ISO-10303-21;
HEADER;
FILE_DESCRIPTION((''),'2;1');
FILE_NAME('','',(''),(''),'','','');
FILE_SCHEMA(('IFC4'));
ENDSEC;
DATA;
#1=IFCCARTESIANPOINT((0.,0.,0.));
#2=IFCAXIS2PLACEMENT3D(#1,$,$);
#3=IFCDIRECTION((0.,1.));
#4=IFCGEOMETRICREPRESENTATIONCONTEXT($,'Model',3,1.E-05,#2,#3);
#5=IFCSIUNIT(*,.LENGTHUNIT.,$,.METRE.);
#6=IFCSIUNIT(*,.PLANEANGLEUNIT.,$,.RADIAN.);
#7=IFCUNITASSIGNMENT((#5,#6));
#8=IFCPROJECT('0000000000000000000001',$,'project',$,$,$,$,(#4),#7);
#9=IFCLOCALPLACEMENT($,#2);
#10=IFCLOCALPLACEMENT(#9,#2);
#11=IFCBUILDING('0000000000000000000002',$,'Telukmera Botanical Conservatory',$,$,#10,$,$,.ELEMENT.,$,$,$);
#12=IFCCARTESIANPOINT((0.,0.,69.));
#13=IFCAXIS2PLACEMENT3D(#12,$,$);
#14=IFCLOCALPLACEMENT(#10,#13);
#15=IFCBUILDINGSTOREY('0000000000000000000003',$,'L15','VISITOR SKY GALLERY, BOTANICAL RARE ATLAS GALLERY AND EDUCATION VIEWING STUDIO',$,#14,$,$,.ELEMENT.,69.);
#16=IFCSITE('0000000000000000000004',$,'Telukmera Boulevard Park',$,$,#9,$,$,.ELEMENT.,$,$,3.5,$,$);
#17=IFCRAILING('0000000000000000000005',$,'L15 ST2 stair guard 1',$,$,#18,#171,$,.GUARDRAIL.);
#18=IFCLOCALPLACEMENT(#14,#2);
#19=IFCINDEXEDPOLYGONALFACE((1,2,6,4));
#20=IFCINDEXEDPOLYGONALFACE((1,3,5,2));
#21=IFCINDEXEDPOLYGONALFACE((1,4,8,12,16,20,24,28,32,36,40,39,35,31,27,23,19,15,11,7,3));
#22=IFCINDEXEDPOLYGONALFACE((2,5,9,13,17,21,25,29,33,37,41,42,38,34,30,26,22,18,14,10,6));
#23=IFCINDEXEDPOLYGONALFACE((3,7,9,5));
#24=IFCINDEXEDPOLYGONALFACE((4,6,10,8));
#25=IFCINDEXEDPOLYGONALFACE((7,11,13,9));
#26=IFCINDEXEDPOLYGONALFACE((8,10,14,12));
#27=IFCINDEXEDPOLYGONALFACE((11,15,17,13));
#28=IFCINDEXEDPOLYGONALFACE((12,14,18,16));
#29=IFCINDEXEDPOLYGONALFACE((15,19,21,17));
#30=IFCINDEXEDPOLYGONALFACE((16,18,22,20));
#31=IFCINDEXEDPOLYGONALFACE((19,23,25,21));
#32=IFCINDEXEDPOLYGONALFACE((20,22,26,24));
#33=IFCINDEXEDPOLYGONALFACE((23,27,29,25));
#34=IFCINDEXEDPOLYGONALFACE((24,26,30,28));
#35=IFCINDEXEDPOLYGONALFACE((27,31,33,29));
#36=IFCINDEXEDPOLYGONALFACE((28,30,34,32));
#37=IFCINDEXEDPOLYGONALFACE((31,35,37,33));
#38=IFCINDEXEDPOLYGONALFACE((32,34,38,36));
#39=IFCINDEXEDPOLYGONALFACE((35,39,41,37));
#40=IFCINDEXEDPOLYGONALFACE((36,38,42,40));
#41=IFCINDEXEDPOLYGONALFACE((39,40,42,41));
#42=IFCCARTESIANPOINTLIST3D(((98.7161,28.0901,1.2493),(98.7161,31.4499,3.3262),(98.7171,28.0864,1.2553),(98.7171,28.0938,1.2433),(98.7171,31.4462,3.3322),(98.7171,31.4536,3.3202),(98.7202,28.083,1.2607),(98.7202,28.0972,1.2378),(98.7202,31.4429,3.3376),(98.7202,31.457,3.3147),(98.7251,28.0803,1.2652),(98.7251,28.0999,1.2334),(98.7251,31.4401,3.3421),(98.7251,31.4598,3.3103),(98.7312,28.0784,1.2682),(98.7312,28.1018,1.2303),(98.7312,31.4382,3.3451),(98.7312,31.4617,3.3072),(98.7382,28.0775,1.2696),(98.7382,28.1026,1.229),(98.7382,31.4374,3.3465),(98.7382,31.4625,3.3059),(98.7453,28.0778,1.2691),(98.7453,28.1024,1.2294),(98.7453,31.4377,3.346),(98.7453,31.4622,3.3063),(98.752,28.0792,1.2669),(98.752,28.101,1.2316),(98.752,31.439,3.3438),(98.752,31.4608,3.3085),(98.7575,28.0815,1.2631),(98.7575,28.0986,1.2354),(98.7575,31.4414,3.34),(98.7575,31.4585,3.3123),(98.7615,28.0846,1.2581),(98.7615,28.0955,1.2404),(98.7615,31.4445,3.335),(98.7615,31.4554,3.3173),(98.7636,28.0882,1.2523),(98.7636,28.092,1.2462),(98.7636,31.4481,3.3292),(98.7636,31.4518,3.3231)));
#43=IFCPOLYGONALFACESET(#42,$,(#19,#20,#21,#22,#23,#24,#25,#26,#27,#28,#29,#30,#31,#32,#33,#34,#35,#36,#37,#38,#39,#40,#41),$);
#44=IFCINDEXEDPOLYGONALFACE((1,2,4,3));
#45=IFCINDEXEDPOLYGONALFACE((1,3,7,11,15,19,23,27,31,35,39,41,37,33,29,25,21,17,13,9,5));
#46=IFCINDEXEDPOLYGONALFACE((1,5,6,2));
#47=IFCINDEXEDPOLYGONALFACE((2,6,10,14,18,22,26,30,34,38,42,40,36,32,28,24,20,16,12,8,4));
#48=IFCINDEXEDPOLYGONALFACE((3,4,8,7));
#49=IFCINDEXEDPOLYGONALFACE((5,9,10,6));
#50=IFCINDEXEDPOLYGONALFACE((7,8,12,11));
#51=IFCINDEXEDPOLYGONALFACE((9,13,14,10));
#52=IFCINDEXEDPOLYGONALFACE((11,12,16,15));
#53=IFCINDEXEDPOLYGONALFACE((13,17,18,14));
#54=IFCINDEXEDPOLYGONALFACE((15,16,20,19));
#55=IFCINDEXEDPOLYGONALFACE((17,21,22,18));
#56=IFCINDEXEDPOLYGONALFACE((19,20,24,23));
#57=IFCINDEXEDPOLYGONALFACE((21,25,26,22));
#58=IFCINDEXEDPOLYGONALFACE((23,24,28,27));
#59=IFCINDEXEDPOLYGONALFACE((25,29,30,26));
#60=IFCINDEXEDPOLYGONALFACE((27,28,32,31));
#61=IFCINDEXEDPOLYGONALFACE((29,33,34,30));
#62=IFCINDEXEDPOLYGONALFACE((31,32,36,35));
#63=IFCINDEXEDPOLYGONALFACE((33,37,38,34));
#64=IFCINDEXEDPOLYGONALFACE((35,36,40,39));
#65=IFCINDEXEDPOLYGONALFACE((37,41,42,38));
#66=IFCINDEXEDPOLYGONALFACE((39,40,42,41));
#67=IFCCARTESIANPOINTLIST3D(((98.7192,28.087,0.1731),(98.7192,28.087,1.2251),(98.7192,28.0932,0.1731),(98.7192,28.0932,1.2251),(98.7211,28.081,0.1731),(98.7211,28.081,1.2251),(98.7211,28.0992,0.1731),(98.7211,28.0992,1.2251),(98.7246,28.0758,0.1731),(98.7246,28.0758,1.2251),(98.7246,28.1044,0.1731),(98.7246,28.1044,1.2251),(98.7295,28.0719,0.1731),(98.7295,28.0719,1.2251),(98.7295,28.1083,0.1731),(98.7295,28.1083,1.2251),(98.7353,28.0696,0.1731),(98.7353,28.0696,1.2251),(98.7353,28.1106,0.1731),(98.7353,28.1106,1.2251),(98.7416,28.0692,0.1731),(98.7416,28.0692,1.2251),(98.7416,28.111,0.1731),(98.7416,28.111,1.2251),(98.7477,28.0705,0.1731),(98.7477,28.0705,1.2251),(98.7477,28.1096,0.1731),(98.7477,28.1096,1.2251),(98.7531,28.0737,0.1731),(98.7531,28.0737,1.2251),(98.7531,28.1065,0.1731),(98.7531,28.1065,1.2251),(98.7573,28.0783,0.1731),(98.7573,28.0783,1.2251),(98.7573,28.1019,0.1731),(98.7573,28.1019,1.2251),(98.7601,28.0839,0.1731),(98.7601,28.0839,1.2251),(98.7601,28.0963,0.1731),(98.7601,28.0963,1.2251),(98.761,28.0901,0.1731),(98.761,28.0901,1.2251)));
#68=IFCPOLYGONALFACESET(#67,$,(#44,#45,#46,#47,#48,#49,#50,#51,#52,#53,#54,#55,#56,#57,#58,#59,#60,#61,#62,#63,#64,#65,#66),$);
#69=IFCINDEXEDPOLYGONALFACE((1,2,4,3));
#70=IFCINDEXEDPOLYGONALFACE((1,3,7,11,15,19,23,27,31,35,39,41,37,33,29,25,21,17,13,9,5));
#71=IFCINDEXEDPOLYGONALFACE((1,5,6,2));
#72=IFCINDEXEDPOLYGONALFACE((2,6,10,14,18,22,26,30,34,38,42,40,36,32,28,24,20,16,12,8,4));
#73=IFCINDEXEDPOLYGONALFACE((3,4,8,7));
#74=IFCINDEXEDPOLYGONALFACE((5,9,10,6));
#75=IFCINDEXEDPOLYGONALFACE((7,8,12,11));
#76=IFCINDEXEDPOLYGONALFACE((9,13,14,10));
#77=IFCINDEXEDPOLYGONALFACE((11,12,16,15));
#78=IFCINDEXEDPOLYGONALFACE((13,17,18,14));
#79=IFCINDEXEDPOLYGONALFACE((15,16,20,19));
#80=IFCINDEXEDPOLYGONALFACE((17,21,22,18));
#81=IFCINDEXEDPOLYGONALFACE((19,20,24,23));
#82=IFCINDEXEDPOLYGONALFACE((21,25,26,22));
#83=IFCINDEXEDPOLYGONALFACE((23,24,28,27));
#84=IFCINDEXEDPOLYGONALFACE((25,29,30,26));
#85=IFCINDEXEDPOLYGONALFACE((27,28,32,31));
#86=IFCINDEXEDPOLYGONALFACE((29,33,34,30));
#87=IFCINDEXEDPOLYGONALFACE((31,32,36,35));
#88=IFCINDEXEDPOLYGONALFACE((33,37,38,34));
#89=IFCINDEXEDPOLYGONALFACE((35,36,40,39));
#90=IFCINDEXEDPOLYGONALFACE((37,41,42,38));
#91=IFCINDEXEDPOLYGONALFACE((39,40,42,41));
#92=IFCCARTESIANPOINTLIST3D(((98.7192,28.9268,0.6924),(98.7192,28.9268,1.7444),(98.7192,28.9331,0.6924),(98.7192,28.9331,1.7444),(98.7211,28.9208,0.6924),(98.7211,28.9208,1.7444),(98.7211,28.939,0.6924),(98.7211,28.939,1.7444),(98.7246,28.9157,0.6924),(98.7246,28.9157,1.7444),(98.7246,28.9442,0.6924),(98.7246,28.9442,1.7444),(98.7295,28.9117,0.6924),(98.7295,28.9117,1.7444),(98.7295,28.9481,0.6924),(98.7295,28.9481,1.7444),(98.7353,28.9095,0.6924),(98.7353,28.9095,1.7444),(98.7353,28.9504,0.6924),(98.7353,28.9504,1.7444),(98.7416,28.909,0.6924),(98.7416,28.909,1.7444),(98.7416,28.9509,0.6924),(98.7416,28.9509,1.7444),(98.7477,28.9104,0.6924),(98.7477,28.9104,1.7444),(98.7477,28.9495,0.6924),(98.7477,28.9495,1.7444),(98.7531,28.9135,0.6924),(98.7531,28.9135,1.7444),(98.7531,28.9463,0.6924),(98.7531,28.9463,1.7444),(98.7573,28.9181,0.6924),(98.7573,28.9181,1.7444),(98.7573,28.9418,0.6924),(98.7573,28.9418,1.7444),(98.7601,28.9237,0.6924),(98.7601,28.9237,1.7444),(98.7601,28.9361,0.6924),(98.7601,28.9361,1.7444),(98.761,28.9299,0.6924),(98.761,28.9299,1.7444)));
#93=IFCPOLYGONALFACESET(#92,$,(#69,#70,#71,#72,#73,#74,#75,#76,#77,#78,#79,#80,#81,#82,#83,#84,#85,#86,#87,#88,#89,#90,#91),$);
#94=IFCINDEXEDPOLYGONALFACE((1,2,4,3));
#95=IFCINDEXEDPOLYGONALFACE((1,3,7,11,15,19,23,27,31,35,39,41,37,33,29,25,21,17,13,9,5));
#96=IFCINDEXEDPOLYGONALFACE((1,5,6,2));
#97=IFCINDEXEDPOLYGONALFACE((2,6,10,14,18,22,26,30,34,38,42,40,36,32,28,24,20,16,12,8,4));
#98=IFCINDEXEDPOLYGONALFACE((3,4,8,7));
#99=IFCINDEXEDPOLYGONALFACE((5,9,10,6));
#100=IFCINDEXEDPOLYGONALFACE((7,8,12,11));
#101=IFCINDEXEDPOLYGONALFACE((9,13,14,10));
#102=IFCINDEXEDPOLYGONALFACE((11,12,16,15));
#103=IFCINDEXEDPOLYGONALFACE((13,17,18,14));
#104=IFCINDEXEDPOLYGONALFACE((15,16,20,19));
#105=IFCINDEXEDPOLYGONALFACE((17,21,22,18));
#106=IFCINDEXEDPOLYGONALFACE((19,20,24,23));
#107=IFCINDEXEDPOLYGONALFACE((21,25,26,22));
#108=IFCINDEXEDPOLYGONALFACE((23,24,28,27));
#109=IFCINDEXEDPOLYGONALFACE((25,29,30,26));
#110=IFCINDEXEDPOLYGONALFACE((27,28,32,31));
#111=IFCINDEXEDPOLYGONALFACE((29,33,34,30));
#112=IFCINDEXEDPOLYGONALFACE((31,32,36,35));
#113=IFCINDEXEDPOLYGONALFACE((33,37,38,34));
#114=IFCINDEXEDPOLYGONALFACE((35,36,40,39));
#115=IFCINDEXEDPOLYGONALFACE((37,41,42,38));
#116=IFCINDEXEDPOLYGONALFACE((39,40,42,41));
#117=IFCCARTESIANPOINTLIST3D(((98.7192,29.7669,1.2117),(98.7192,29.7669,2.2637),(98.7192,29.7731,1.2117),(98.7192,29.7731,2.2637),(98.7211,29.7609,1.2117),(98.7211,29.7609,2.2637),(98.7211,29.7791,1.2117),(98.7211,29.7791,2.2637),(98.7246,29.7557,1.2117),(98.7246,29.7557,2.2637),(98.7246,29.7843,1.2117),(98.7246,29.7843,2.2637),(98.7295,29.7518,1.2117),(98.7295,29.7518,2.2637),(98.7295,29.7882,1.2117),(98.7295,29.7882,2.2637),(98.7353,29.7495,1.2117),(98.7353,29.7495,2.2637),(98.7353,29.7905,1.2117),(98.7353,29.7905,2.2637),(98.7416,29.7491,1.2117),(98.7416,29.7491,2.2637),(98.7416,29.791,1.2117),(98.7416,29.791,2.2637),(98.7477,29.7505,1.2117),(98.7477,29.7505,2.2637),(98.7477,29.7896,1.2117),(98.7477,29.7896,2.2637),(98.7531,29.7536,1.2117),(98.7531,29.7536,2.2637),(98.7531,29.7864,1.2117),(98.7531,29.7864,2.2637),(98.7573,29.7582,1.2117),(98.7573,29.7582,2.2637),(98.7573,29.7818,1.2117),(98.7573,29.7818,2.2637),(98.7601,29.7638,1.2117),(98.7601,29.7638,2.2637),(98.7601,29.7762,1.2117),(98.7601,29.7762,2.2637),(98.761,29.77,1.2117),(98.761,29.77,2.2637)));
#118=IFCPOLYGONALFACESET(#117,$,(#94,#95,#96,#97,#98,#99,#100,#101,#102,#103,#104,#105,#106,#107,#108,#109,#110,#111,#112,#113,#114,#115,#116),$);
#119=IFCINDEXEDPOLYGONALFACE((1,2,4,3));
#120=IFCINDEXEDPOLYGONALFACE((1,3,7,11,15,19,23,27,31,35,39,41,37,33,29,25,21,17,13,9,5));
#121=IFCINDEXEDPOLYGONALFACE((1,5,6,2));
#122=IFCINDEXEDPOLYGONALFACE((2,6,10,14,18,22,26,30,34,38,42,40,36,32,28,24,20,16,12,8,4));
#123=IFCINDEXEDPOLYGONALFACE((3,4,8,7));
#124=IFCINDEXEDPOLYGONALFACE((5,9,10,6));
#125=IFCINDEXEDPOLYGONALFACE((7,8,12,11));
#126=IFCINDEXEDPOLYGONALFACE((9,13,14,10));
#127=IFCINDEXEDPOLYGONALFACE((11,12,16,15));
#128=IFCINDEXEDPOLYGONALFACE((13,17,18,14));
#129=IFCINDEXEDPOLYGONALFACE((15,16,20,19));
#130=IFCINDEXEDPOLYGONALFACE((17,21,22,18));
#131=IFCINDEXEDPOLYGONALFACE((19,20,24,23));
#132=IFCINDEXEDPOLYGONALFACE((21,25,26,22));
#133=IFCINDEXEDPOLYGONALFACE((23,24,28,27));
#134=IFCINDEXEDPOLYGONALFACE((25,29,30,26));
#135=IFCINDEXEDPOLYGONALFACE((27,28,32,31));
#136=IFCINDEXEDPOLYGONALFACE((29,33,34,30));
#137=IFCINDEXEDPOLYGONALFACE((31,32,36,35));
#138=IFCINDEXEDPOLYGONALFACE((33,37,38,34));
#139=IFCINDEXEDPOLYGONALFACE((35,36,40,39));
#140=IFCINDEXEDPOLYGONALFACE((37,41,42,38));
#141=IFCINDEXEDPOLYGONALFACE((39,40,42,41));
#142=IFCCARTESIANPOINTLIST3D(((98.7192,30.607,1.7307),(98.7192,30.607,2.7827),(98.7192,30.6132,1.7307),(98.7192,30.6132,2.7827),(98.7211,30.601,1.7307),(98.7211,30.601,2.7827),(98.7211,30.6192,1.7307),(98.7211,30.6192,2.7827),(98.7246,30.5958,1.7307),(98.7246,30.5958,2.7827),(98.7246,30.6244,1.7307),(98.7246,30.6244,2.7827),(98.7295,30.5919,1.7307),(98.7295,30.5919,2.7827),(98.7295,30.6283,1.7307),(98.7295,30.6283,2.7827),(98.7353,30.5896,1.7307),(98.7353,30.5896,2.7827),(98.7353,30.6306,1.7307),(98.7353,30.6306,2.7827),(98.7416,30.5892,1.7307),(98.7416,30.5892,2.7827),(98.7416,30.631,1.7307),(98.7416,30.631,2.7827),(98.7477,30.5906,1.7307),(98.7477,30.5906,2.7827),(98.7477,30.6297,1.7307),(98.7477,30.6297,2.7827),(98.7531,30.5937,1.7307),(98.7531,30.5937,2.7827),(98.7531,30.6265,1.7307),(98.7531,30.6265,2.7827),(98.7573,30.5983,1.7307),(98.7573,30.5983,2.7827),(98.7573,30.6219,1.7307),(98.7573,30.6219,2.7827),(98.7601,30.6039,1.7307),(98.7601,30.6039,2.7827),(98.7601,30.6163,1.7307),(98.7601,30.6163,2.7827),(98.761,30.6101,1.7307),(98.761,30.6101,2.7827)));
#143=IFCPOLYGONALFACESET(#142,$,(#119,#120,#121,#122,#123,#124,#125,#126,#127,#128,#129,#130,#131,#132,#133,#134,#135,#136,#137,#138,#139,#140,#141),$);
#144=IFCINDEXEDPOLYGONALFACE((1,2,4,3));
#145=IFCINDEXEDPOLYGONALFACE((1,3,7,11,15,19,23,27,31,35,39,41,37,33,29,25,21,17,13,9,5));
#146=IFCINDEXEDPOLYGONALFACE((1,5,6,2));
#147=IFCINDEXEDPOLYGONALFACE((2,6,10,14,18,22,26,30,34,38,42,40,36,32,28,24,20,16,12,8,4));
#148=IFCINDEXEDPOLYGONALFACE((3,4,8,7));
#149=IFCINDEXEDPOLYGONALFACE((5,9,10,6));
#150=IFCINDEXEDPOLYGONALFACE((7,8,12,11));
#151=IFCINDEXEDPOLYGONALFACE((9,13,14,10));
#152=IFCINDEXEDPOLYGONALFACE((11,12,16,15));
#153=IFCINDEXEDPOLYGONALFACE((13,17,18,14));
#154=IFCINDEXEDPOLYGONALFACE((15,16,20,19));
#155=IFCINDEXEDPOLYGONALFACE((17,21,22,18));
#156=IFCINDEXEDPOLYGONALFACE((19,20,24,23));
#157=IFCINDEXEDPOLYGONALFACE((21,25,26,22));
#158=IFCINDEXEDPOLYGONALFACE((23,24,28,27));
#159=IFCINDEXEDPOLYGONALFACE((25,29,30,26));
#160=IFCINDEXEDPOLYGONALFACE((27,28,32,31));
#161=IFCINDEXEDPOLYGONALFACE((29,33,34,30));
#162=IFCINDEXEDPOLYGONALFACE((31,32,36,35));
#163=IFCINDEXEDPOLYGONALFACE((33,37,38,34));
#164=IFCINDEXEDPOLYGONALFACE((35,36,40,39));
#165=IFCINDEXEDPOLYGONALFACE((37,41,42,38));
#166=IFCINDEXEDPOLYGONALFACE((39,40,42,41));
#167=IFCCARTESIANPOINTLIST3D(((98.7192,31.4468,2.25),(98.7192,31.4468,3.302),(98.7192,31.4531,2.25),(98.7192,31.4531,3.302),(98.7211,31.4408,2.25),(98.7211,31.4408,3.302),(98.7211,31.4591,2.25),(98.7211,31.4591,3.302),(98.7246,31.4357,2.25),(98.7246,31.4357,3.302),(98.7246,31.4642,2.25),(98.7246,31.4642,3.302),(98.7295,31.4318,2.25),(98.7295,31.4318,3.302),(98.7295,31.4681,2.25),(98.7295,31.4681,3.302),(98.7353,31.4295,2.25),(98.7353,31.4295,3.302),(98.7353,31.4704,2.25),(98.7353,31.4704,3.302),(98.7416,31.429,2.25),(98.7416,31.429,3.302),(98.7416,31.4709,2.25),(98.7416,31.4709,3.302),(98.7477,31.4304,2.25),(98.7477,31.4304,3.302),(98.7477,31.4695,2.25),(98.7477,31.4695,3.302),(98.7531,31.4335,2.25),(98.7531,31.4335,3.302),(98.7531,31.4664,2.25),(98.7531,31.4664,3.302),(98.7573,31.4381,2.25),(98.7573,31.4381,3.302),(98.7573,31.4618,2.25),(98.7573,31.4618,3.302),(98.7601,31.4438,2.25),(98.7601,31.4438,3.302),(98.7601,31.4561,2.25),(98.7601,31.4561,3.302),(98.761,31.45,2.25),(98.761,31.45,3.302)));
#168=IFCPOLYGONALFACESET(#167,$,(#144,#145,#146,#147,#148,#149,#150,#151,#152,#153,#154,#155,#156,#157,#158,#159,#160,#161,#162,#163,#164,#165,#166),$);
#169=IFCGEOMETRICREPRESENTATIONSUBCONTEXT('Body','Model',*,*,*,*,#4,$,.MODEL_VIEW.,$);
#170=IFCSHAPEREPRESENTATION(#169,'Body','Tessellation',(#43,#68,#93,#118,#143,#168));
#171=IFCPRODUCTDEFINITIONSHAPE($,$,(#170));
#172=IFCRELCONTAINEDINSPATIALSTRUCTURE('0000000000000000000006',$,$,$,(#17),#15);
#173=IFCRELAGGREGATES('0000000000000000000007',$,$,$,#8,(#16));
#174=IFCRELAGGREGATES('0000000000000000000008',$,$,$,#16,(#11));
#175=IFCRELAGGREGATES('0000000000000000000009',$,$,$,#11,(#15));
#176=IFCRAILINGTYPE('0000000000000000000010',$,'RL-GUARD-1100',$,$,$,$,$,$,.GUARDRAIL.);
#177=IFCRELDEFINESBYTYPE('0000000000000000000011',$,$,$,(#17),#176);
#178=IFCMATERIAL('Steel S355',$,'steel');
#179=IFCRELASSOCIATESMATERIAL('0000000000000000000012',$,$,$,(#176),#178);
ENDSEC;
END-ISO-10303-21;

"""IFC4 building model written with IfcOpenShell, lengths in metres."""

from ifc_helpers import new_model, si_unit, direction, frame, origin, origin_2d, place, context, subcontext, project, spatial, circle, extrude, material, type_object, element, save


model = new_model("IFC4")

# Units and contexts
model_context = context("Model", 3, precision=1e-05, world=origin(), true_north=direction((0.0, 1.0)))
body_context = subcontext(model_context, "Body", "Model", "MODEL_VIEW")
ifc_project = project(units=[si_unit("LENGTHUNIT", "METRE"), si_unit("PLANEANGLEUNIT", "RADIAN")], contexts=[model_context])

# Site, building, storey
site_placement = place(None, origin())
site = spatial("IfcSite", under=ifc_project, at=site_placement, Name="Telukmera Boulevard Park", CompositionType="ELEMENT", RefElevation=3.5)
building_placement = place(site_placement, origin())
building = spatial("IfcBuilding", under=site, at=building_placement, Name="Telukmera Botanical Conservatory", CompositionType="ELEMENT")
storey_placement = place(building_placement, frame((0.0, 0.0, 69.0)))
storey = spatial("IfcBuildingStorey", under=building, at=storey_placement, Name="L15", Description="VISITOR SKY GALLERY, BOTANICAL RARE ATLAS GALLERY AND EDUCATION VIEWING STUDIO", CompositionType="ELEMENT", Elevation=69.0)

# Railing
ifc_material_1 = material(Name="Steel S355", Category="steel")
railing_type_1 = type_object("IfcRailingType", Name="RL-GUARD-1100", PredefinedType="GUARDRAIL", material=ifc_material_1)
railing_1_placement = place(storey_placement, frame((98.74, 28.0901, 0.1731)))
element("IfcRailing", 1, at=railing_1_placement, inside=storey, type_object=railing_type_1, Name="L15 ST2 stair guard 1", PredefinedType="GUARDRAIL", context=body_context, shape_type="SweptSolid", body=[
    extrude(circle(Radius=0.0239, at=origin_2d()), frame((0.0, 0.0, 1.0762), z_axis=(0.0, 0.850606, 0.525803), x_axis=(-1.0, 0.0, 0.0)), (0.0, 0.0, 1.0), 3.95),
    extrude(circle(Radius=0.021, at=origin_2d()), origin(), (0.0, 0.0, 1.0), 1.052),
    extrude(circle(Radius=0.021, at=origin_2d()), frame((0.0, 0.8398, 0.5193)), (0.0, 0.0, 1.0), 1.052),
    extrude(circle(Radius=0.021, at=origin_2d()), frame((0.0, 1.6799, 1.0386)), (0.0, 0.0, 1.0), 1.052),
    extrude(circle(Radius=0.021, at=origin_2d()), frame((0.0, 2.52, 1.5576)), (0.0, 0.0, 1.0), 1.052),
    extrude(circle(Radius=0.021, at=origin_2d()), frame((0.0, 3.3599, 2.0769)), (0.0, 0.0, 1.0), 1.052),
])

save(model, "model.ifc")
